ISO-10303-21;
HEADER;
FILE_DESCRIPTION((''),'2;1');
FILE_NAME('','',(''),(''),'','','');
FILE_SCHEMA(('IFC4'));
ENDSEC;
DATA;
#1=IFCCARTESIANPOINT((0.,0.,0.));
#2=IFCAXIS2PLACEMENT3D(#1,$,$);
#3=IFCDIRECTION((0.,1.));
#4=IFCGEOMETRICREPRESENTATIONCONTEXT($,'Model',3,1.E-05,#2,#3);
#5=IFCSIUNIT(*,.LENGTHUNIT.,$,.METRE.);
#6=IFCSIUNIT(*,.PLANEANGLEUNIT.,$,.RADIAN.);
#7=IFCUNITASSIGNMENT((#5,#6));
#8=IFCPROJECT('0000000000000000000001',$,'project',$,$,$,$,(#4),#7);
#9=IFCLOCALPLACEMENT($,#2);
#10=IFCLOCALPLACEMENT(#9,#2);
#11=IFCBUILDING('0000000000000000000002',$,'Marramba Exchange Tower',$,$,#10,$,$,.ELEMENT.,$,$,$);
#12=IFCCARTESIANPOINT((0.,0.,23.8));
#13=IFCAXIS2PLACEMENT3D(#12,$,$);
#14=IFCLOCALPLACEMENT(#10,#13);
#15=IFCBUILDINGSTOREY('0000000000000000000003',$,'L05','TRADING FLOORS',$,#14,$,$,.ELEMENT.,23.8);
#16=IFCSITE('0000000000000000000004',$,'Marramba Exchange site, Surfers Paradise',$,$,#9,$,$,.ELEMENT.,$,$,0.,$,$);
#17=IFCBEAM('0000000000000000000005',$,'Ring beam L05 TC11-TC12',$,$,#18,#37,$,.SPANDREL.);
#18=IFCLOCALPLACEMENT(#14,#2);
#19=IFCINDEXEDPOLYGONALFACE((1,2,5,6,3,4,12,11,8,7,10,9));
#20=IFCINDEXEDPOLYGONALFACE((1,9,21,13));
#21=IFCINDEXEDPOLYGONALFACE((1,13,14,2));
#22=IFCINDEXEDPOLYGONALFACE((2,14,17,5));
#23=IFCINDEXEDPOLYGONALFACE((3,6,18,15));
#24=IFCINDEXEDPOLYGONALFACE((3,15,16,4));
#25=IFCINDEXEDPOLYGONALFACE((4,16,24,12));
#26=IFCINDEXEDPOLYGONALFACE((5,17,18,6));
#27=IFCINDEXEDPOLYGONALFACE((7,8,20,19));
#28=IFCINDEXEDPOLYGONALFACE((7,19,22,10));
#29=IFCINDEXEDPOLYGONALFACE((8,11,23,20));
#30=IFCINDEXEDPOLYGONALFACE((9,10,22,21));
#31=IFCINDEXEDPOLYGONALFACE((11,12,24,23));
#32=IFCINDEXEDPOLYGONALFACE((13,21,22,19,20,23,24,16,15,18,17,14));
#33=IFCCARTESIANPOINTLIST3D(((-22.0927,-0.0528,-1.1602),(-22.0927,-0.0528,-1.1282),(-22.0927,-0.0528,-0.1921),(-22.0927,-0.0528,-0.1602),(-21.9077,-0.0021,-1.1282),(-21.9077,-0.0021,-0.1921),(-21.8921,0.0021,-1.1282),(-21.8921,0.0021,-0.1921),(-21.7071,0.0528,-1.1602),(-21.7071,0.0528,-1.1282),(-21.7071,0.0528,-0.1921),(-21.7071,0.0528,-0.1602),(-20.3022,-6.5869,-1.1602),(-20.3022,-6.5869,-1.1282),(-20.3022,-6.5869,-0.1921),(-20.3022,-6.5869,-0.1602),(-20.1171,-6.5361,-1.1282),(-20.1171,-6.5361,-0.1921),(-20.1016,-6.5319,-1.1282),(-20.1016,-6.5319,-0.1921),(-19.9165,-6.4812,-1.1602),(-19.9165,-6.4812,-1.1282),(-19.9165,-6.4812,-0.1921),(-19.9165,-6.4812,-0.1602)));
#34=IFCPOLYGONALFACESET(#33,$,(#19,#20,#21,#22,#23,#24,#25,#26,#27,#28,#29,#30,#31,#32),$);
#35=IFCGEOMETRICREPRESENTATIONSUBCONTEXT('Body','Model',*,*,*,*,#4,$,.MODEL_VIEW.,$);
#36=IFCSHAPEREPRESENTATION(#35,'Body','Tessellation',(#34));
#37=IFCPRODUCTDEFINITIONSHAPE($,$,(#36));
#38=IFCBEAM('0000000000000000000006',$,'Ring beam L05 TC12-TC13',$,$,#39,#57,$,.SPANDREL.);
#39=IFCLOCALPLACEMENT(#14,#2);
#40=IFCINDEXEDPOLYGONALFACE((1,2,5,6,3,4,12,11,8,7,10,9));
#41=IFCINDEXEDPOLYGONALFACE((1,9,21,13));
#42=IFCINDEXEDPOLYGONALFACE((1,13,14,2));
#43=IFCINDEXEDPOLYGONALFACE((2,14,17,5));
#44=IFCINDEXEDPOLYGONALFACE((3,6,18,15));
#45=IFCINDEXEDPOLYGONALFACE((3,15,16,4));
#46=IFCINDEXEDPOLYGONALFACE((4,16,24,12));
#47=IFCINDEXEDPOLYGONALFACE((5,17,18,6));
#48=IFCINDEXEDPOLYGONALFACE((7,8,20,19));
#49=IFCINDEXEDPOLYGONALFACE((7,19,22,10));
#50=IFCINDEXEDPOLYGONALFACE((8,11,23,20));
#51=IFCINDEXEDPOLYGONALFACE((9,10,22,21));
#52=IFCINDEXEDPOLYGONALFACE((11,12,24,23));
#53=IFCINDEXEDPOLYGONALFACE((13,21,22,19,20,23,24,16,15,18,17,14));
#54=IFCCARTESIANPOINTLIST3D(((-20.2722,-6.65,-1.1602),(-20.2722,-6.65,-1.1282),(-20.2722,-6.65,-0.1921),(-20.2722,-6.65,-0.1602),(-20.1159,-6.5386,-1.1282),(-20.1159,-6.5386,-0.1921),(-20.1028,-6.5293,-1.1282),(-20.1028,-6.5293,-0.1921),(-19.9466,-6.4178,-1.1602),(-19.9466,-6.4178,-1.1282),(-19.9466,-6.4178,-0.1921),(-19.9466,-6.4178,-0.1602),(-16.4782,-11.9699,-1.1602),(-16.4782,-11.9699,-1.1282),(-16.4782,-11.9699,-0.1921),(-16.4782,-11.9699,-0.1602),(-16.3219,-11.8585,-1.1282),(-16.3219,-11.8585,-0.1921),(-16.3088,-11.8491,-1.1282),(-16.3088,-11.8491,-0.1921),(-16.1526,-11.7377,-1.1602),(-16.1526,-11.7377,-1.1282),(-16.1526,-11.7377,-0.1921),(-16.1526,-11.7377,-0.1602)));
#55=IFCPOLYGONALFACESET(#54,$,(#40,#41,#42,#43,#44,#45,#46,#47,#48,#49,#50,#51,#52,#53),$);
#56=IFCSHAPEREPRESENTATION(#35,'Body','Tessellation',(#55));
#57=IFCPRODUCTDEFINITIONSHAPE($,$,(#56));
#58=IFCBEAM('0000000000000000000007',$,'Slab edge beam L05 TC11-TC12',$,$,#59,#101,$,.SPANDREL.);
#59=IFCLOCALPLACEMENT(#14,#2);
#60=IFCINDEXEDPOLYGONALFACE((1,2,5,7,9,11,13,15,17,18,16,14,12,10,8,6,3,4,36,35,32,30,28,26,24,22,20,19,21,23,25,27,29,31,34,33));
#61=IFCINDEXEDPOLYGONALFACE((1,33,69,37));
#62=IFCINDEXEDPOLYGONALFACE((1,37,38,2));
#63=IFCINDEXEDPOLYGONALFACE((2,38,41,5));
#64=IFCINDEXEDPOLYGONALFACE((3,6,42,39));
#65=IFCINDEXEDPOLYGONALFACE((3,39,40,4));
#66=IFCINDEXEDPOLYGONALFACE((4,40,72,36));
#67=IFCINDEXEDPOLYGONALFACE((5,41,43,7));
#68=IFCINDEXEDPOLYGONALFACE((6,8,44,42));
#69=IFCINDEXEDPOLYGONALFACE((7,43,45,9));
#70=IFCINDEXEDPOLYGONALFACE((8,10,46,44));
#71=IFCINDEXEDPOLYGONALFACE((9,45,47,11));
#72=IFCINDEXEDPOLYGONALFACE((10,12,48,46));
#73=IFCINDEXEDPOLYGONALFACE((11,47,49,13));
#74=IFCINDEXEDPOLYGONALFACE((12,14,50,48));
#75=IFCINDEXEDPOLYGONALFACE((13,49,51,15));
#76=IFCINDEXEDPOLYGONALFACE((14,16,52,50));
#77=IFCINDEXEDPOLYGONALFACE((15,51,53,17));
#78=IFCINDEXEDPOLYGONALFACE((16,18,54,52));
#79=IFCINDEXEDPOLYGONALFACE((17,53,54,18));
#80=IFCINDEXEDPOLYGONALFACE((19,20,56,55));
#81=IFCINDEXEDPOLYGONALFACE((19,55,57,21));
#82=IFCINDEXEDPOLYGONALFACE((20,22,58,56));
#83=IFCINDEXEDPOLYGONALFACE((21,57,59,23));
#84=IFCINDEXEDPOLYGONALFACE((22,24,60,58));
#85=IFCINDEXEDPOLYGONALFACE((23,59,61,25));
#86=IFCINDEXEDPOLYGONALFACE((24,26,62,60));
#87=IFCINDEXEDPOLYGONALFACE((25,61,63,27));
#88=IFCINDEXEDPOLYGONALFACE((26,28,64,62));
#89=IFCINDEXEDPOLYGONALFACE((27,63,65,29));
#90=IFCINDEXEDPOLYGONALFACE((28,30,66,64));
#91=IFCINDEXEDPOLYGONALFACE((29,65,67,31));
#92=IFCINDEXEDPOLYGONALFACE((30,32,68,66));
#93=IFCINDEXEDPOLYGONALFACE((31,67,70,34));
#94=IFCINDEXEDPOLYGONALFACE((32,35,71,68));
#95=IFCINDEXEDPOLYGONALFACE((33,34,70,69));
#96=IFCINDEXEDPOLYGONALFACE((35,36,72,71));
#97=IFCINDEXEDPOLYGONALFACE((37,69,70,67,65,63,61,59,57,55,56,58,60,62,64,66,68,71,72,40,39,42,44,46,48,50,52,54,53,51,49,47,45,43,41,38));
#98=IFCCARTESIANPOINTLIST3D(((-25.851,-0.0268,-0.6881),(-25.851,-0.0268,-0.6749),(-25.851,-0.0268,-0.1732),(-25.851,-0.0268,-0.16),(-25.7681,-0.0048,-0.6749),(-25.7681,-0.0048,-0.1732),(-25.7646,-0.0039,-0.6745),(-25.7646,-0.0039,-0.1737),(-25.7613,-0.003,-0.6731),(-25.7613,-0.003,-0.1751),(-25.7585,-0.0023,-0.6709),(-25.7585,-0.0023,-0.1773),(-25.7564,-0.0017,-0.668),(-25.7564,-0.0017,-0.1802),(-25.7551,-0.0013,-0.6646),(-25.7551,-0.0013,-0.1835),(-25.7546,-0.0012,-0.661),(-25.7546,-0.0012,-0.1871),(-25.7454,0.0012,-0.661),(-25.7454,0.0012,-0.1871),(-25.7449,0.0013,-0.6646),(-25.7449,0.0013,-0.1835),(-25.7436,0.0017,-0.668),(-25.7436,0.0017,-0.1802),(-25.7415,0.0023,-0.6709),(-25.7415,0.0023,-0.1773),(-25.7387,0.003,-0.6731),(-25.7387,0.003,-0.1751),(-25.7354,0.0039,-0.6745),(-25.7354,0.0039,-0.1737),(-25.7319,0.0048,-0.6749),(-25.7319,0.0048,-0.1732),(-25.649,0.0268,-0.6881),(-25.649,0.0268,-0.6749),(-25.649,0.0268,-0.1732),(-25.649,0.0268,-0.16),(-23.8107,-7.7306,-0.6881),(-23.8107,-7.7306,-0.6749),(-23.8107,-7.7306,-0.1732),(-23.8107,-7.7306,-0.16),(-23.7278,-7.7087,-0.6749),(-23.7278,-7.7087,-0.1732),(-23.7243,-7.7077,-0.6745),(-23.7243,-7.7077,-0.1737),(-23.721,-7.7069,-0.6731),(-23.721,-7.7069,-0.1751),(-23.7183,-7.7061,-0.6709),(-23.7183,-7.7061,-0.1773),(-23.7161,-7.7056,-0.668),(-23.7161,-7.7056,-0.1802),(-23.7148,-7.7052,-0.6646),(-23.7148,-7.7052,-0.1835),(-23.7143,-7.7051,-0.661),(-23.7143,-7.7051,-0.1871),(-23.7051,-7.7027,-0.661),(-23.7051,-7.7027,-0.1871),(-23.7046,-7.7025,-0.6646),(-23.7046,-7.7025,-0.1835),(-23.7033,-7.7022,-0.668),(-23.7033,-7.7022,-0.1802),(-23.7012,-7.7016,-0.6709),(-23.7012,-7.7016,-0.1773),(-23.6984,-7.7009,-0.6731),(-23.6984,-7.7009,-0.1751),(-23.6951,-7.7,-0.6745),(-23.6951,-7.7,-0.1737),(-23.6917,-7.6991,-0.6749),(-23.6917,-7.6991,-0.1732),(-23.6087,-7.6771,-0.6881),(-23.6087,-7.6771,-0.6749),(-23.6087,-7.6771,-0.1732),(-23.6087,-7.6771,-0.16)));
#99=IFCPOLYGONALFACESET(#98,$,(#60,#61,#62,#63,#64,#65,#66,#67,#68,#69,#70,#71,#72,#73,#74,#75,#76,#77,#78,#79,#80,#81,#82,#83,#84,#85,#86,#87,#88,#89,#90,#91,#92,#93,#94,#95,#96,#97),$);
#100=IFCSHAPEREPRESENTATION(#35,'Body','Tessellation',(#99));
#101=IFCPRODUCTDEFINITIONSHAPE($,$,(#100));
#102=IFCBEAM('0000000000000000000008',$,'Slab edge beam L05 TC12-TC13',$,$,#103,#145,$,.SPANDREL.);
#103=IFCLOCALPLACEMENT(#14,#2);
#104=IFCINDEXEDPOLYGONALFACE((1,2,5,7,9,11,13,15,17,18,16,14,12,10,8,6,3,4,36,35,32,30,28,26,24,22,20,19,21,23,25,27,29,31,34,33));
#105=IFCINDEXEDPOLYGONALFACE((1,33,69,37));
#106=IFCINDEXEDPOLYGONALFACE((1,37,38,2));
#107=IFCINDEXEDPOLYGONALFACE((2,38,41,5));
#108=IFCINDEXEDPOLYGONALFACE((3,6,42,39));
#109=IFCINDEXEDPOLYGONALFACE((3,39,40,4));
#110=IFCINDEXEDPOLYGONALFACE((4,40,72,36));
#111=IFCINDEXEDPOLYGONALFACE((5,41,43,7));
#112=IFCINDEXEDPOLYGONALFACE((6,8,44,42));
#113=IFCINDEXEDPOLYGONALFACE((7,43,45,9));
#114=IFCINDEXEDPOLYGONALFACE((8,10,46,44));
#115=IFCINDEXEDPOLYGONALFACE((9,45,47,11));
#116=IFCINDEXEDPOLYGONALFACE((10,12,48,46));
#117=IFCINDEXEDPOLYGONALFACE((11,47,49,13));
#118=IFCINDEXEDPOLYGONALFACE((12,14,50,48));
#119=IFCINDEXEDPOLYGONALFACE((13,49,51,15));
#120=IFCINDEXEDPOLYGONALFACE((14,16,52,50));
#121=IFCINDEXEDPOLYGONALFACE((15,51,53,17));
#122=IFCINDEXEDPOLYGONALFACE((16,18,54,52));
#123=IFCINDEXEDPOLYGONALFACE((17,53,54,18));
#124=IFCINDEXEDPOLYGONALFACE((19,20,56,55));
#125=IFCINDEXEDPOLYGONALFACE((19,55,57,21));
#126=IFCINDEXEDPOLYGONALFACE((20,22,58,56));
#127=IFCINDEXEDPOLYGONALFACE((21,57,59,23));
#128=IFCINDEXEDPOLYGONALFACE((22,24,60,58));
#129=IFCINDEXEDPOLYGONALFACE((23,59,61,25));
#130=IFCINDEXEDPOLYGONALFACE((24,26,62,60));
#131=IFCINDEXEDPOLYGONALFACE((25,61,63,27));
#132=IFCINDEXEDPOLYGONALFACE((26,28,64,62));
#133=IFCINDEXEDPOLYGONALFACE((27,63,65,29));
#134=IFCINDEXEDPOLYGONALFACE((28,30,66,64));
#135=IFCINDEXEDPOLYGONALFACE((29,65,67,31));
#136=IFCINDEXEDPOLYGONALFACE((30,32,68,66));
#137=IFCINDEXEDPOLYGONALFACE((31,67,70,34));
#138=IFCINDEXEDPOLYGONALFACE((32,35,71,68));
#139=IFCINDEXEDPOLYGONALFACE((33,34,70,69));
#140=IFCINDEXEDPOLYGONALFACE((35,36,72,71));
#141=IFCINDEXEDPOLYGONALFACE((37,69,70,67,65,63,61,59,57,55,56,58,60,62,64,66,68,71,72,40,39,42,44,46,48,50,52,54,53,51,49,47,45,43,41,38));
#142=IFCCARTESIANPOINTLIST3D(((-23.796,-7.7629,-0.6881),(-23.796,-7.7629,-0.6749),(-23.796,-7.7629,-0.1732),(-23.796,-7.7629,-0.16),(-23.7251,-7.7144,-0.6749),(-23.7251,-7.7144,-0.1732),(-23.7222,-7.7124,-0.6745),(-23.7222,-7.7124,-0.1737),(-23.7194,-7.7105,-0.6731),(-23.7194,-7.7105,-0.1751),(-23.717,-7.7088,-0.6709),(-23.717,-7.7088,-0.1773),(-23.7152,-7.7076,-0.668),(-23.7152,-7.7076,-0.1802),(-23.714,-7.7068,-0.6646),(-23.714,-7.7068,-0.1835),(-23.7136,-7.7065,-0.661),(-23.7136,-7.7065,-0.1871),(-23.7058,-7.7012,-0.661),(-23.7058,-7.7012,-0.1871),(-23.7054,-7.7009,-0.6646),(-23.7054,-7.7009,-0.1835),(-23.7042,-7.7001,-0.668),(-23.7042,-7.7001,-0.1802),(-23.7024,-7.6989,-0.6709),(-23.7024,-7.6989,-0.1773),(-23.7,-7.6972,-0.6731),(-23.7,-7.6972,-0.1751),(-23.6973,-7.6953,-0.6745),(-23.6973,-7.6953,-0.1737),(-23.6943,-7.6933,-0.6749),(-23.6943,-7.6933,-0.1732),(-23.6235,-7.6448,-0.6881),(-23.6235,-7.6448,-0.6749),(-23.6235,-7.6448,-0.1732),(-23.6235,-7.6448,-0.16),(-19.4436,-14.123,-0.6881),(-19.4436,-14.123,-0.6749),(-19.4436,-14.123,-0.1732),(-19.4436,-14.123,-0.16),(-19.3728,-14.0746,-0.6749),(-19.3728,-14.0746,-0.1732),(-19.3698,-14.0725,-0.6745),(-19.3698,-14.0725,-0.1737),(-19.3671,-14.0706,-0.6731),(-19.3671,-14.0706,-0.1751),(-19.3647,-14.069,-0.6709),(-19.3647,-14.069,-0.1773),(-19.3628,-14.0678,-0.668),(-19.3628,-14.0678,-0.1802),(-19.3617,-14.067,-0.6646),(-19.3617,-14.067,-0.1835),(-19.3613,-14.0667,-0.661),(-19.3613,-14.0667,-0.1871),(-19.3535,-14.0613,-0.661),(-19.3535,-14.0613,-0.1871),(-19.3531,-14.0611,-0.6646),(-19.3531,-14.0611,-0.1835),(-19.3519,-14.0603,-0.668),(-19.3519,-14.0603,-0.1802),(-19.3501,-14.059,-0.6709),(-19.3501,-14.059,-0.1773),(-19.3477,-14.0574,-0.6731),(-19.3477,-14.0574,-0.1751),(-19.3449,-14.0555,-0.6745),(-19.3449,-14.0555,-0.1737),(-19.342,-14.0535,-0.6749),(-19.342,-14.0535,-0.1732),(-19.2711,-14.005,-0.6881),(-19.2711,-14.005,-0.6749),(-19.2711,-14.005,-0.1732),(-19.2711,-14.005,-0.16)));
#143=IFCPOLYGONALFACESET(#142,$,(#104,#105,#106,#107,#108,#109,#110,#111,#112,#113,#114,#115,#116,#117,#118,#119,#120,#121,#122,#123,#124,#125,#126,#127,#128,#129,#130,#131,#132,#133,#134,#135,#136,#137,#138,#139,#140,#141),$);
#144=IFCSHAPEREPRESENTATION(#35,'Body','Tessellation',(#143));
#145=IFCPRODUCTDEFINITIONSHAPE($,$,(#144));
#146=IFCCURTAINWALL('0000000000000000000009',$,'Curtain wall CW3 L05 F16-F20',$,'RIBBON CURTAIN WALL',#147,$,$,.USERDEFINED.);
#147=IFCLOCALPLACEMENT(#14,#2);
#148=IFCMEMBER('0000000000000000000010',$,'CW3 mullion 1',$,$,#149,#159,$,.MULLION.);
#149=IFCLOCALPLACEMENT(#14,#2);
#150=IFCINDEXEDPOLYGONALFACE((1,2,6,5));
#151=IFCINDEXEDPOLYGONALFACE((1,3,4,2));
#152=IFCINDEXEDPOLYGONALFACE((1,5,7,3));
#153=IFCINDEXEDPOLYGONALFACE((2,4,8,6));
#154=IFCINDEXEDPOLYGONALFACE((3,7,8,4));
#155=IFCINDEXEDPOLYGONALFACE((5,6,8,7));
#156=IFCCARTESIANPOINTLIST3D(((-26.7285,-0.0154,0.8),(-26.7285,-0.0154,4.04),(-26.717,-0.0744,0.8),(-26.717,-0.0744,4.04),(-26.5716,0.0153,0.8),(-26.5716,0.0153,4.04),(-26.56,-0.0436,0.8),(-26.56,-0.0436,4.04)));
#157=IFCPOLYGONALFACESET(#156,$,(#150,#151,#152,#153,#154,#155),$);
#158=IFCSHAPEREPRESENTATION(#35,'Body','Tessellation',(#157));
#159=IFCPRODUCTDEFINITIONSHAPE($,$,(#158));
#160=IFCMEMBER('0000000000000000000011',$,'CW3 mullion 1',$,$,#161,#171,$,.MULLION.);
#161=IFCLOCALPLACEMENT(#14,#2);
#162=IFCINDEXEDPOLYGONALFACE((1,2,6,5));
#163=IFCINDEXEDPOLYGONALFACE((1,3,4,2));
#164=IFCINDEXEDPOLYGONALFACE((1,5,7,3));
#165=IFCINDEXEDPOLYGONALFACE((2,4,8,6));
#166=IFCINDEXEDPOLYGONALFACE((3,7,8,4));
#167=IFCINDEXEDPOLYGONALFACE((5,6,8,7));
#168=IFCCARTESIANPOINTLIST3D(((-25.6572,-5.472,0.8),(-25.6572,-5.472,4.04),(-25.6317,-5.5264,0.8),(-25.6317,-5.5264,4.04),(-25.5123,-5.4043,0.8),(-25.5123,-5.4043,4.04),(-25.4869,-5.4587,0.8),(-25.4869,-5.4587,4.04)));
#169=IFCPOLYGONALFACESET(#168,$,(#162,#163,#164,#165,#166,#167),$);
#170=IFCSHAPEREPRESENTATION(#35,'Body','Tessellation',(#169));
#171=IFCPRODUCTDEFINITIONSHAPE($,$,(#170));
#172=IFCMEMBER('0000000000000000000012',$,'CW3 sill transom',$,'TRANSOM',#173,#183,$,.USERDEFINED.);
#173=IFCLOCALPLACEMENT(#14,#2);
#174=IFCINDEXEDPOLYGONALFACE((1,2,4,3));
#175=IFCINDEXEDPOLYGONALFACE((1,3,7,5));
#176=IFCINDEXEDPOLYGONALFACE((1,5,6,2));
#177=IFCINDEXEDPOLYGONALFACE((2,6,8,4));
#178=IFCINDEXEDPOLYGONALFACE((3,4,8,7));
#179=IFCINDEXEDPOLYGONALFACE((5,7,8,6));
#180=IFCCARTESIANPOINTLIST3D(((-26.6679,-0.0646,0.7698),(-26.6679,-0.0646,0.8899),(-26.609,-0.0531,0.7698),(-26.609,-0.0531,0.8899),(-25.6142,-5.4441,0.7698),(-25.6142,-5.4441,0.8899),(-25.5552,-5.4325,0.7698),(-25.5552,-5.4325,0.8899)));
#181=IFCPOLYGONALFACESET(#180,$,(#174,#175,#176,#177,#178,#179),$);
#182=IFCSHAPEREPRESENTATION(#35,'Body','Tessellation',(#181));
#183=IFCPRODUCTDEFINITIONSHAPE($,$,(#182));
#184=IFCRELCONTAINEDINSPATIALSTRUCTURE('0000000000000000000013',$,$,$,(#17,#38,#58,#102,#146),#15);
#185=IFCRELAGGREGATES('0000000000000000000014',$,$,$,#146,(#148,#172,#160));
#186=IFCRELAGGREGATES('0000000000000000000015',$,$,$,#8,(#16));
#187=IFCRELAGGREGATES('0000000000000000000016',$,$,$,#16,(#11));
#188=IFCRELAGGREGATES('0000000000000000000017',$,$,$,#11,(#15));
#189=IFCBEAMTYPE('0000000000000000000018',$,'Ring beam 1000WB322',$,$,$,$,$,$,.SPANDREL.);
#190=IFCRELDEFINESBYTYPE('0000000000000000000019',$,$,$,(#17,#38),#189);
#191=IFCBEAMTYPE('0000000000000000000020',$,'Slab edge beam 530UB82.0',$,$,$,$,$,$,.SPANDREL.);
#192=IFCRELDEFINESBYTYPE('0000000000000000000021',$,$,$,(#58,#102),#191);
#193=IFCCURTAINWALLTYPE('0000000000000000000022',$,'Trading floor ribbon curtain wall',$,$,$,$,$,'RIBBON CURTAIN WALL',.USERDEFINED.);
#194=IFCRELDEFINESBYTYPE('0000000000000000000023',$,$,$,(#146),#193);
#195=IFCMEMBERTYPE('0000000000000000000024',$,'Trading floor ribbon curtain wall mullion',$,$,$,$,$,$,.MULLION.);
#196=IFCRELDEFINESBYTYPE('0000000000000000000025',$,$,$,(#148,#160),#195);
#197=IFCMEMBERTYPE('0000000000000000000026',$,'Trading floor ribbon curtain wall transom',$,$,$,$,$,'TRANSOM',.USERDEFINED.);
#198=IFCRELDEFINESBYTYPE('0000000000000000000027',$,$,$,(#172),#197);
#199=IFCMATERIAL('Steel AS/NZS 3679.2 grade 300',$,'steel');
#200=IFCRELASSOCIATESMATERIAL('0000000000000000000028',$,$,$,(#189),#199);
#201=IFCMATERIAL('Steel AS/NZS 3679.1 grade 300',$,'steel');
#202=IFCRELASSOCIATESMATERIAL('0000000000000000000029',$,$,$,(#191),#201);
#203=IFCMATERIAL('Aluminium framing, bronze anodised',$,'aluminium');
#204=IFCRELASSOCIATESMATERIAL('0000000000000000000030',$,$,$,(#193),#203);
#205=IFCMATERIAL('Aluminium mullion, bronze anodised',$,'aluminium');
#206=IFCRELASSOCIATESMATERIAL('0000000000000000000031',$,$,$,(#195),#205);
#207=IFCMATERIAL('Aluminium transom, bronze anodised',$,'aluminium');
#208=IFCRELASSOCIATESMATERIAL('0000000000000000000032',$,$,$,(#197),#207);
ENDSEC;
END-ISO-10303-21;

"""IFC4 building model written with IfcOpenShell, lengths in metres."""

from ifc_helpers import new_model, si_unit, direction, frame, origin, origin_2d, place, context, subcontext, project, spatial, rectangle, i_section, extrude, material, material_profile, profile_set, type_object, element, aggregate, save


model = new_model("IFC4")

# Units and contexts
model_context = context("Model", 3, precision=1e-05, world=origin(), true_north=direction((0.0, 1.0)))
body_context = subcontext(model_context, "Body", "Model", "MODEL_VIEW")
ifc_project = project(units=[si_unit("LENGTHUNIT", "METRE"), si_unit("PLANEANGLEUNIT", "RADIAN")], contexts=[model_context])

# Site, building, storey
site_placement = place(None, origin())
site = spatial("IfcSite", under=ifc_project, at=site_placement, Name="Marramba Exchange site, Surfers Paradise", CompositionType="ELEMENT", RefElevation=0.0)
building_placement = place(site_placement, origin())
building = spatial("IfcBuilding", under=site, at=building_placement, Name="Marramba Exchange Tower", CompositionType="ELEMENT")
storey_placement = place(building_placement, frame((0.0, 0.0, 23.8)))
storey = spatial("IfcBuildingStorey", under=building, at=storey_placement, Name="L05", Description="TRADING FLOORS", CompositionType="ELEMENT", Elevation=23.8)

# Beams
ifc_material_1 = material(Name="Steel AS/NZS 3679.2 grade 300", Category="steel")
ifc_material_2 = material(Name="Steel AS/NZS 3679.1 grade 300", Category="steel")
ifc_material_profile_1 = material_profile(ifc_material_1, i_section(OverallWidth=0.3999, OverallDepth=1.0, WebThickness=0.0161, FlangeThickness=0.032, at=origin_2d()), Name="1000WB322")
ifc_profile_set_1 = profile_set([ifc_material_profile_1], Name="Steel AS/NZS 3679.2 grade 300")
beam_type_1 = type_object("IfcBeamType", Name="Ring beam 1000WB322", PredefinedType="SPANDREL", material=ifc_profile_set_1)
beam_1_placement = place(storey_placement, frame((-21.8999, 0.0, -0.6602), z_axis=(0.264291, -0.964443, 0.0), x_axis=(0.964443, 0.264291, 0.0)))
element("IfcBeam", 1, at=beam_1_placement, inside=storey, type_object=beam_type_1, Name="Ring beam L05 TC11-TC12", PredefinedType="SPANDREL", context=body_context, shape_type="SweptSolid", body=[
    extrude(i_section(OverallWidth=0.3999, OverallDepth=1.0, WebThickness=0.0161, FlangeThickness=0.032, at=origin_2d()), origin(), (0.0, 0.0, 1.0), 6.7749),
])
beam_2_placement = place(storey_placement, frame((-20.1094, -6.5339, -0.6602), z_axis=(0.580637, -0.814162, 0.0), x_axis=(0.814162, 0.580637, 0.0)))
element("IfcBeam", 2, at=beam_2_placement, inside=storey, type_object=beam_type_1, Name="Ring beam L05 TC12-TC13", PredefinedType="SPANDREL", context=body_context, shape_type="SweptSolid", body=[
    extrude(i_section(OverallWidth=0.3999, OverallDepth=1.0, WebThickness=0.0161, FlangeThickness=0.032, at=origin_2d()), origin(), (0.0, 0.0, 1.0), 6.5342),
])
ifc_material_profile_2 = material_profile(ifc_material_2, i_section(OverallWidth=0.209, OverallDepth=0.5281, WebThickness=0.0095, FlangeThickness=0.0132, FilletRadius=0.0139, at=origin_2d()), Name="530UB82.0")
ifc_profile_set_2 = profile_set([ifc_material_profile_2], Name="Steel AS/NZS 3679.1 grade 300")
beam_type_2 = type_object("IfcBeamType", Name="Slab edge beam 530UB82.0", PredefinedType="SPANDREL", material=ifc_profile_set_2)
beam_3_placement = place(storey_placement, frame((-25.75, 0.0, -0.4241), z_axis=(0.256013, -0.966673, 0.0), x_axis=(0.966673, 0.256013, 0.0)))
element("IfcBeam", 3, at=beam_3_placement, inside=storey, type_object=beam_type_2, Name="Slab edge beam L05 TC11-TC12", PredefinedType="SPANDREL", context=body_context, shape_type="SweptSolid", body=[
    extrude(i_section(OverallWidth=0.209, OverallDepth=0.5281, WebThickness=0.0095, FlangeThickness=0.0132, FilletRadius=0.0139, at=origin_2d()), origin(), (0.0, 0.0, 1.0), 7.9695),
])
beam_4_placement = place(storey_placement, frame((-23.7097, -7.7039, -0.4241), z_axis=(0.564741, -0.825268, 0.0), x_axis=(0.825268, 0.564741, 0.0)))
element("IfcBeam", 4, at=beam_4_placement, inside=storey, type_object=beam_type_2, Name="Slab edge beam L05 TC12-TC13", PredefinedType="SPANDREL", context=body_context, shape_type="SweptSolid", body=[
    extrude(i_section(OverallWidth=0.209, OverallDepth=0.5281, WebThickness=0.0095, FlangeThickness=0.0132, FilletRadius=0.0139, at=origin_2d()), origin(), (0.0, 0.0, 1.0), 7.7068),
])

# Curtain wall, members
ifc_material_3 = material(Name="Aluminium framing, bronze anodised", Category="aluminium")
curtain_wall_type = type_object("IfcCurtainWallType", Name="Trading floor ribbon curtain wall", ElementType="RIBBON CURTAIN WALL", PredefinedType="USERDEFINED", material=ifc_material_3)
curtain_wall_placement = place(storey_placement, origin())
curtain_wall = element("IfcCurtainWall", 5, at=curtain_wall_placement, inside=storey, type_object=curtain_wall_type, Name="Curtain wall CW3 L05 F16-F20", ObjectType="RIBBON CURTAIN WALL", PredefinedType="USERDEFINED")
ifc_material_4 = material(Name="Aluminium mullion, bronze anodised", Category="aluminium")
ifc_material_profile_3 = material_profile(ifc_material_4, rectangle(XDim=0.1599, YDim=0.0601, at=origin_2d()), Name="CW3 mullion 60x160")
ifc_profile_set_3 = profile_set([ifc_material_profile_3], Name="Aluminium mullion, bronze anodised")
member_type_1 = type_object("IfcMemberType", Name="Trading floor ribbon curtain wall mullion", PredefinedType="MULLION", material=ifc_profile_set_3)
member_1_placement = place(storey_placement, frame((-26.6443, -0.0295, 0.8), z_axis=(0.0, 0.0, 1.0), x_axis=(0.981346, 0.192249, 0.0)))
member_1 = element("IfcMember", 6, at=member_1_placement, type_object=member_type_1, Name="CW3 mullion 1", PredefinedType="MULLION", context=body_context, shape_type="SweptSolid", body=[
    extrude(rectangle(XDim=0.1599, YDim=0.0601, at=origin_2d()), origin(), (0.0, 0.0, 1.0), 3.24),
])
member_2_placement = place(storey_placement, frame((-25.572, -5.4653, 0.8), z_axis=(0.0, 0.0, 1.0), x_axis=(0.905907, 0.423477, 0.0)))
member_2 = element("IfcMember", 7, at=member_2_placement, type_object=member_type_1, Name="CW3 mullion 1", PredefinedType="MULLION", context=body_context, shape_type="SweptSolid", body=[
    extrude(rectangle(XDim=0.1599, YDim=0.0601, at=origin_2d()), origin(), (0.0, 0.0, 1.0), 3.24),
])
ifc_material_5 = material(Name="Aluminium transom, bronze anodised", Category="aluminium")
ifc_material_profile_4 = material_profile(ifc_material_5, rectangle(XDim=0.0601, YDim=0.1201, at=origin_2d()), Name="CW3 transom 60x120")
ifc_profile_set_4 = profile_set([ifc_material_profile_4], Name="Aluminium transom, bronze anodised")
member_type_2 = type_object("IfcMemberType", Name="Trading floor ribbon curtain wall transom", ElementType="TRANSOM", PredefinedType="USERDEFINED", material=ifc_profile_set_4)
member_3_placement = place(storey_placement, frame((-26.6384, -0.0588, 0.8298), z_axis=(0.192226, -0.981351, 0.0), x_axis=(0.981351, 0.192226, 0.0)))
member_3 = element("IfcMember", 8, at=member_3_placement, type_object=member_type_2, Name="CW3 sill transom", ObjectType="TRANSOM", PredefinedType="USERDEFINED", context=body_context, shape_type="SweptSolid", body=[
    extrude(rectangle(XDim=0.0601, YDim=0.1201, at=origin_2d()), origin(), (0.0, 0.0, 1.0), 5.4817),
])
aggregate(curtain_wall, [member_1, member_3, member_2])

save(model, "model.ifc")
